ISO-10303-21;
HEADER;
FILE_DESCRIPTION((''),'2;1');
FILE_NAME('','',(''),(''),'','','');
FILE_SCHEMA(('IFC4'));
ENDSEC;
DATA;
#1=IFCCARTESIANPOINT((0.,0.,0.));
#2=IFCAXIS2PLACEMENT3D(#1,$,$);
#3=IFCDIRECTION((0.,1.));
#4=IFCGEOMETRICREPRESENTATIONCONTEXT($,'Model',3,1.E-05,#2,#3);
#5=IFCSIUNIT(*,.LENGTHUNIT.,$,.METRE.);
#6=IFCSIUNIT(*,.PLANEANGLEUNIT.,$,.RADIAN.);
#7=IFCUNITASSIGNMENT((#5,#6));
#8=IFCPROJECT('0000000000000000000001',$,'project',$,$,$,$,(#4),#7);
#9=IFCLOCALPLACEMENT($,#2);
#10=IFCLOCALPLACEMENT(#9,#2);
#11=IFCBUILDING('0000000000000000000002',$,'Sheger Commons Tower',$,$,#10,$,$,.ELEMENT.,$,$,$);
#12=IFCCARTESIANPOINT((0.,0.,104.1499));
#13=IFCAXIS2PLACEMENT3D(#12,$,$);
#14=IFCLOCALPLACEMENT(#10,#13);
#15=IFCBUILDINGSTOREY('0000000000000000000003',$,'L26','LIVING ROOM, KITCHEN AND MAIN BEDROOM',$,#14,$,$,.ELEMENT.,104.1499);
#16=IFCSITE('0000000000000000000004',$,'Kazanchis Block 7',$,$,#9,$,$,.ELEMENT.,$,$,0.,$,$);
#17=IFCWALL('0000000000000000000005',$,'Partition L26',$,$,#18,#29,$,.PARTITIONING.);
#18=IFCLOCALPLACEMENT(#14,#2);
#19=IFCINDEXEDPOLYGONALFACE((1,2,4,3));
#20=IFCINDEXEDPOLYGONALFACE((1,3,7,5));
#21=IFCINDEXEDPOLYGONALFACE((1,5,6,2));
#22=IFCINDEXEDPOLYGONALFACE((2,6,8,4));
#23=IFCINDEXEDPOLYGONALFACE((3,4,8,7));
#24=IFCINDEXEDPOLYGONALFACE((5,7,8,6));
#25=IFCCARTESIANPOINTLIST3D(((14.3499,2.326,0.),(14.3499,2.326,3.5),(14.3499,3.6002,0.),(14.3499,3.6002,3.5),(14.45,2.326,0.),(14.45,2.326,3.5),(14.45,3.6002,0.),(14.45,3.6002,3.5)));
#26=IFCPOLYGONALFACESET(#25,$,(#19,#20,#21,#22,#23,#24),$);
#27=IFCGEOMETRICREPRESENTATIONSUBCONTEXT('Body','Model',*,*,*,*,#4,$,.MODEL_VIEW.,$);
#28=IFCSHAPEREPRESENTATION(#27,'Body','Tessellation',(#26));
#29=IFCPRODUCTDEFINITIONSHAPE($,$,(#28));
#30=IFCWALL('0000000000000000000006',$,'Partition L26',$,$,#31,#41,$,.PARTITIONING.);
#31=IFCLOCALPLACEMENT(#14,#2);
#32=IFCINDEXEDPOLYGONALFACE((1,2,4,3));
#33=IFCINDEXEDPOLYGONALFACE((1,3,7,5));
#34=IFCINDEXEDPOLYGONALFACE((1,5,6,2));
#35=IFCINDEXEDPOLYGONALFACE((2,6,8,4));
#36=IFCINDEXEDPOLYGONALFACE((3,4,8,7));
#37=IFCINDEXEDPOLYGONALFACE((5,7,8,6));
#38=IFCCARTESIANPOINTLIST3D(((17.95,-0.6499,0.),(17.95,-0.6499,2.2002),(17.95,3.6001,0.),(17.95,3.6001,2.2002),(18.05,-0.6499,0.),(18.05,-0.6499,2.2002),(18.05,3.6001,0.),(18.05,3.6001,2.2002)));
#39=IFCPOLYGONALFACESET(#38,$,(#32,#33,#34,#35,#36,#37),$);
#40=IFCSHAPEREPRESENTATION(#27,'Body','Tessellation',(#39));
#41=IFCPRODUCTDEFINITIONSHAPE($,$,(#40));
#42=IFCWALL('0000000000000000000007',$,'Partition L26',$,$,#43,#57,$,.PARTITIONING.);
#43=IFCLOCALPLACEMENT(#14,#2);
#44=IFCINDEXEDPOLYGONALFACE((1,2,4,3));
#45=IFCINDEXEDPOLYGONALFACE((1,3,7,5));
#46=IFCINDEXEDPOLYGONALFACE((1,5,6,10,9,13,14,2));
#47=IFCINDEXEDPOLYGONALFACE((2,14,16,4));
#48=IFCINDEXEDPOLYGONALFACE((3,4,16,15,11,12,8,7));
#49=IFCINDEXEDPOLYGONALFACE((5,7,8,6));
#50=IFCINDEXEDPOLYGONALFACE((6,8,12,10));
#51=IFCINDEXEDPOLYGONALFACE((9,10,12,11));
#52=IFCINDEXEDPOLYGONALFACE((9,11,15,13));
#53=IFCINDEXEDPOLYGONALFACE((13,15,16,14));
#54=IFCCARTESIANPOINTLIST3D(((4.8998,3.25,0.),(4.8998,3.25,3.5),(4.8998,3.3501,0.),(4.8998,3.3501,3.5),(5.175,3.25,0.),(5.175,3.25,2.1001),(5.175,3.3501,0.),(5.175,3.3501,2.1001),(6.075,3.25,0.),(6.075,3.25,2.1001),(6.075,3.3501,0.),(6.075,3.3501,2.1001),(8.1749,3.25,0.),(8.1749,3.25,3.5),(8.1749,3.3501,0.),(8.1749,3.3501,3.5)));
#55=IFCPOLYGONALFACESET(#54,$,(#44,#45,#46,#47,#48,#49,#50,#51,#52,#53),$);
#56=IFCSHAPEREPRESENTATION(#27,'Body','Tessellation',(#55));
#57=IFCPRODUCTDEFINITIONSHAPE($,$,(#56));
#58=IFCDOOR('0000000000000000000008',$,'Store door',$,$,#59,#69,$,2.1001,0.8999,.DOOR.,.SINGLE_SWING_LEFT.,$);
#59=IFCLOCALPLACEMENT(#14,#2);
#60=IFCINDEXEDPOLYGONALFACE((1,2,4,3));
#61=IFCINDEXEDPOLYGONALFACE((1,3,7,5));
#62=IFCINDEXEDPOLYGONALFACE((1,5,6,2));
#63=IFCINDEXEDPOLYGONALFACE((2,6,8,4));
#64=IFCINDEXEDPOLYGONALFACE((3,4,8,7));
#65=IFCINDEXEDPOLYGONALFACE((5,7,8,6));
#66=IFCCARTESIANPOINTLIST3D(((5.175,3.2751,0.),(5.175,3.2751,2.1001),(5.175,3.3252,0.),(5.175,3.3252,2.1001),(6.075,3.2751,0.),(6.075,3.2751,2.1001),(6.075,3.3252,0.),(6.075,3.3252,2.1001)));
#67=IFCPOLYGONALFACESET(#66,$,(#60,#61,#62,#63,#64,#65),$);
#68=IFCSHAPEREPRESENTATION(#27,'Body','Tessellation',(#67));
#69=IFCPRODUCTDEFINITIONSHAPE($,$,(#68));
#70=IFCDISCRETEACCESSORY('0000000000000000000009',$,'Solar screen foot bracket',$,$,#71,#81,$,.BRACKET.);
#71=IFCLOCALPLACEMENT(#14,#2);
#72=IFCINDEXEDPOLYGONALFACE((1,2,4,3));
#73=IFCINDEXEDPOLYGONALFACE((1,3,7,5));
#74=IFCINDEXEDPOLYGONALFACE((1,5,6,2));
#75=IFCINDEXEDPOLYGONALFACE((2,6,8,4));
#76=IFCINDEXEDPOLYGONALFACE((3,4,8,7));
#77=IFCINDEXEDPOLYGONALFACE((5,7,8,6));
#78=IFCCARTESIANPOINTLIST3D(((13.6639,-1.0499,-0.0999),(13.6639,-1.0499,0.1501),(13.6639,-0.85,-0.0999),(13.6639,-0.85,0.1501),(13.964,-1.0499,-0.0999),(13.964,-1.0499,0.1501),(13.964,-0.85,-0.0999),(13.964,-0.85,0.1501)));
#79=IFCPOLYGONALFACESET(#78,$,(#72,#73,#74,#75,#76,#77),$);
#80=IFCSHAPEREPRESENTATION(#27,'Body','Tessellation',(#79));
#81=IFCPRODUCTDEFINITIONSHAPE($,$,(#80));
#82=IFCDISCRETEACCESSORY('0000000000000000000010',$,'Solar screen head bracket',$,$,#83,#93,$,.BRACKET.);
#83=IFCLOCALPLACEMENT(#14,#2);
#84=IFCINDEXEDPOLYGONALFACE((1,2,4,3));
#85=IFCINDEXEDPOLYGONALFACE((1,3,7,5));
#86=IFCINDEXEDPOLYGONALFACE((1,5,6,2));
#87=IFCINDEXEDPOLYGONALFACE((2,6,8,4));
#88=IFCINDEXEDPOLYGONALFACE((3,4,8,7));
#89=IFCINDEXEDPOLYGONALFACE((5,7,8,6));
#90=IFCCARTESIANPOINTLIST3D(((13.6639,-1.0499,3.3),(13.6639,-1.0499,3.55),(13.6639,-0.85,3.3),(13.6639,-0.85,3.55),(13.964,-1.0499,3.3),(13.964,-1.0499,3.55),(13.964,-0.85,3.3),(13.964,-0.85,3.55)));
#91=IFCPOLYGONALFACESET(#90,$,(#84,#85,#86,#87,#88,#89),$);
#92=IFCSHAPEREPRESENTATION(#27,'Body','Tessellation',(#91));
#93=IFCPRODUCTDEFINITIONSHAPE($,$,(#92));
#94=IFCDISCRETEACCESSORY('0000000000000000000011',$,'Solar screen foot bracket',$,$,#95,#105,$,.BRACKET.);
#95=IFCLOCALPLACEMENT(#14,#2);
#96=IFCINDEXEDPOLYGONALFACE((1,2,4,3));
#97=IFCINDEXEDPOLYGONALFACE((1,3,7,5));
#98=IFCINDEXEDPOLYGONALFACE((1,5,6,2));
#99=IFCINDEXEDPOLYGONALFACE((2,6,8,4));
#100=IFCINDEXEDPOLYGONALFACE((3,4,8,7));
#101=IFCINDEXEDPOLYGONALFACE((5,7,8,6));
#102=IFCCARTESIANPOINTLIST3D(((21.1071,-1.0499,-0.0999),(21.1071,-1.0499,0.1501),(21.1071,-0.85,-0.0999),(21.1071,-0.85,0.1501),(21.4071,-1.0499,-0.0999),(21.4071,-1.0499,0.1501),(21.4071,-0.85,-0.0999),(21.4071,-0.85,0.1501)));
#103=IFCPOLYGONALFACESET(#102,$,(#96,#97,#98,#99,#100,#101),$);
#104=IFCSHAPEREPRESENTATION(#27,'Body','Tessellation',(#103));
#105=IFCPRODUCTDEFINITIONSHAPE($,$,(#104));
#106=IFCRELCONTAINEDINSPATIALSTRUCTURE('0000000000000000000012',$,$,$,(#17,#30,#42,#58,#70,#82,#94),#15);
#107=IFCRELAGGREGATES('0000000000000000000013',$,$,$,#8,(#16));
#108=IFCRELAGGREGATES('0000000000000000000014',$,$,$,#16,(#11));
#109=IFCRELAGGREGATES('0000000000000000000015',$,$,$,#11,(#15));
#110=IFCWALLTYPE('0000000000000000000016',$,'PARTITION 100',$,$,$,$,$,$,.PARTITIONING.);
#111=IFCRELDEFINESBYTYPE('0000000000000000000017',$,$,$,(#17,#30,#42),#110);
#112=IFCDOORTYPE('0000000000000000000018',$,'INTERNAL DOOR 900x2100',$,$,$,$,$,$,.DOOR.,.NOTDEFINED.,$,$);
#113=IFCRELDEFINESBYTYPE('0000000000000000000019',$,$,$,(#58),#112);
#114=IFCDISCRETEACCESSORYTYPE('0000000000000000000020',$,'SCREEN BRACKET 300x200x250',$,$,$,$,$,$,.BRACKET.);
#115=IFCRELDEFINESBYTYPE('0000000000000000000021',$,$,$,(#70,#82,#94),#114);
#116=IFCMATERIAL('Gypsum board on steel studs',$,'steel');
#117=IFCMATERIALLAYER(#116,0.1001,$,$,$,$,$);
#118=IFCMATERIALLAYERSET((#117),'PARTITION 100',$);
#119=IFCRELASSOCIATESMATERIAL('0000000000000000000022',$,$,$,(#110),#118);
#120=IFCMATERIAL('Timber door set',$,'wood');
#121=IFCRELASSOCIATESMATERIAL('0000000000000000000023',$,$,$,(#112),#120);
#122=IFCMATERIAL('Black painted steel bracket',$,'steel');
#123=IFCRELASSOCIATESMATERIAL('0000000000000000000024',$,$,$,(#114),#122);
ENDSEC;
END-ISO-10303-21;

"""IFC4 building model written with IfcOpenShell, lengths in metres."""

from ifc_helpers import new_model, si_unit, direction, frame, frame_2d, origin, origin_2d, place, context, subcontext, project, spatial, rectangle, extrude, material, layer, layer_set, type_object, element, fill, save


model = new_model("IFC4")

# Units and contexts
model_context = context("Model", 3, precision=1e-05, world=origin(), true_north=direction((0.0, 1.0)))
body_context = subcontext(model_context, "Body", "Model", "MODEL_VIEW")
ifc_project = project(units=[si_unit("LENGTHUNIT", "METRE"), si_unit("PLANEANGLEUNIT", "RADIAN")], contexts=[model_context])

# Site, building, storey
site_placement = place(None, origin())
site = spatial("IfcSite", under=ifc_project, at=site_placement, Name="Kazanchis Block 7", CompositionType="ELEMENT", RefElevation=0.0)
building_placement = place(site_placement, origin())
building = spatial("IfcBuilding", under=site, at=building_placement, Name="Sheger Commons Tower", CompositionType="ELEMENT")
storey_placement = place(building_placement, frame((0.0, 0.0, 104.1499)))
storey = spatial("IfcBuildingStorey", under=building, at=storey_placement, Name="L26", Description="LIVING ROOM, KITCHEN AND MAIN BEDROOM", CompositionType="ELEMENT", Elevation=104.1499)

# Walls
ifc_material_1 = material(Name="Gypsum board on steel studs", Category="steel")
ifc_layer_1 = layer(ifc_material_1, 0.1001)
ifc_layer_set_1 = layer_set([ifc_layer_1], Name="PARTITION 100")
wall_type_1 = type_object("IfcWallType", Name="PARTITION 100", PredefinedType="PARTITIONING", material=ifc_layer_set_1)
wall_1_placement = place(storey_placement, frame((14.3999, 2.3259, 0.0), z_axis=(0.0, 0.0, 1.0), x_axis=(0.0, 1.0, 0.0)))
element("IfcWall", 1, at=wall_1_placement, inside=storey, type_object=wall_type_1, Name="Partition L26", PredefinedType="PARTITIONING", context=body_context, shape_type="SweptSolid", body=[
    extrude(rectangle(XDim=1.2742, YDim=0.1001, at=frame_2d((0.6372, 0.0))), origin(), (0.0, 0.0, 1.0), 3.5),
])
wall_2_placement = place(storey_placement, frame((18.0, -0.6499, 0.0), z_axis=(0.0, 0.0, 1.0), x_axis=(0.0, 1.0, 0.0)))
element("IfcWall", 2, at=wall_2_placement, inside=storey, type_object=wall_type_1, Name="Partition L26", PredefinedType="PARTITIONING", context=body_context, shape_type="SweptSolid", body=[
    extrude(rectangle(XDim=4.25, YDim=0.1001, at=frame_2d((2.125, 0.0))), origin(), (0.0, 0.0, 1.0), 2.2002),
])

# Wall, opening, door
wall_3_placement = place(storey_placement, frame((8.175, 3.3, 0.0), z_axis=(0.0, 0.0, 1.0), x_axis=(-1.0, 0.0, 0.0)))
wall_3 = element("IfcWall", 3, at=wall_3_placement, inside=storey, type_object=wall_type_1, Name="Partition L26", PredefinedType="PARTITIONING", context=body_context, shape_type="SweptSolid", body=[
    extrude(rectangle(XDim=3.2751, YDim=0.1001, at=frame_2d((1.6377, 0.0))), origin(), (0.0, 0.0, 1.0), 3.5),
])
opening_1_placement = place(wall_3_placement, frame((2.1001, 0.0, 0.0)))
opening_1 = element("IfcOpeningElement", 4, at=opening_1_placement, cuts=wall_3, PredefinedType="OPENING", context=body_context, shape_type="SweptSolid", body=[
    extrude(rectangle(XDim=0.8999, YDim=2.1001, at=frame_2d((0.45, 1.05))), frame((0.0, 0.0601, 0.0), z_axis=(0.0, -1.0, 0.0), x_axis=(1.0, 0.0, 0.0)), (0.0, 0.0, 1.0), 0.1201),
])
ifc_material_2 = material(Name="Timber door set", Category="wood")
door_type_1 = type_object("IfcDoorType", Name="INTERNAL DOOR 900x2100", OperationType="NOTDEFINED", PredefinedType="DOOR", material=ifc_material_2)
door_1_placement = place(opening_1_placement, origin())
door_1 = element("IfcDoor", 5, at=door_1_placement, inside=storey, type_object=door_type_1, Name="Store door", OperationType="SINGLE_SWING_LEFT", OverallHeight=2.1001, OverallWidth=0.8999, PredefinedType="DOOR", context=body_context, shape_type="SweptSolid", body=[
    extrude(rectangle(XDim=0.8999, YDim=2.1001, at=frame_2d((0.45, 1.05))), frame((0.0, 0.0249, 0.0), z_axis=(0.0, -1.0, 0.0), x_axis=(1.0, 0.0, 0.0)), (0.0, 0.0, 1.0), 0.05),
])
fill(opening_1, door_1)

# Discrete accessories
ifc_material_3 = material(Name="Black painted steel bracket", Category="steel")
discrete_accessory_type = type_object("IfcDiscreteAccessoryType", Name="SCREEN BRACKET 300x200x250", PredefinedType="BRACKET", material=ifc_material_3)
for number, where, z_axis, x_axis, name in (
    (6, (13.814, -0.95, -0.0999), (0.0, 0.0, 1.0), (1.0, 0.0, 0.0), "Solar screen foot bracket"),
    (7, (13.814, -0.95, 3.3), (0.0, 0.0, 1.0), (1.0, 0.0, 0.0), "Solar screen head bracket"),
    (8, (21.2571, -0.95, -0.0999), (0.0, 0.0, 1.0), (1.0, 0.0, 0.0), "Solar screen foot bracket"),
):
    element("IfcDiscreteAccessory", number, at=place(storey_placement, frame(where, z_axis=z_axis, x_axis=x_axis)), inside=storey, type_object=discrete_accessory_type, Name=name, PredefinedType="BRACKET", context=body_context, shape_type="SweptSolid", body=[
        extrude(rectangle(XDim=0.3, YDim=0.2, at=origin_2d()), origin(), (0.0, 0.0, 1.0), 0.25),
    ])

save(model, "model.ifc")
